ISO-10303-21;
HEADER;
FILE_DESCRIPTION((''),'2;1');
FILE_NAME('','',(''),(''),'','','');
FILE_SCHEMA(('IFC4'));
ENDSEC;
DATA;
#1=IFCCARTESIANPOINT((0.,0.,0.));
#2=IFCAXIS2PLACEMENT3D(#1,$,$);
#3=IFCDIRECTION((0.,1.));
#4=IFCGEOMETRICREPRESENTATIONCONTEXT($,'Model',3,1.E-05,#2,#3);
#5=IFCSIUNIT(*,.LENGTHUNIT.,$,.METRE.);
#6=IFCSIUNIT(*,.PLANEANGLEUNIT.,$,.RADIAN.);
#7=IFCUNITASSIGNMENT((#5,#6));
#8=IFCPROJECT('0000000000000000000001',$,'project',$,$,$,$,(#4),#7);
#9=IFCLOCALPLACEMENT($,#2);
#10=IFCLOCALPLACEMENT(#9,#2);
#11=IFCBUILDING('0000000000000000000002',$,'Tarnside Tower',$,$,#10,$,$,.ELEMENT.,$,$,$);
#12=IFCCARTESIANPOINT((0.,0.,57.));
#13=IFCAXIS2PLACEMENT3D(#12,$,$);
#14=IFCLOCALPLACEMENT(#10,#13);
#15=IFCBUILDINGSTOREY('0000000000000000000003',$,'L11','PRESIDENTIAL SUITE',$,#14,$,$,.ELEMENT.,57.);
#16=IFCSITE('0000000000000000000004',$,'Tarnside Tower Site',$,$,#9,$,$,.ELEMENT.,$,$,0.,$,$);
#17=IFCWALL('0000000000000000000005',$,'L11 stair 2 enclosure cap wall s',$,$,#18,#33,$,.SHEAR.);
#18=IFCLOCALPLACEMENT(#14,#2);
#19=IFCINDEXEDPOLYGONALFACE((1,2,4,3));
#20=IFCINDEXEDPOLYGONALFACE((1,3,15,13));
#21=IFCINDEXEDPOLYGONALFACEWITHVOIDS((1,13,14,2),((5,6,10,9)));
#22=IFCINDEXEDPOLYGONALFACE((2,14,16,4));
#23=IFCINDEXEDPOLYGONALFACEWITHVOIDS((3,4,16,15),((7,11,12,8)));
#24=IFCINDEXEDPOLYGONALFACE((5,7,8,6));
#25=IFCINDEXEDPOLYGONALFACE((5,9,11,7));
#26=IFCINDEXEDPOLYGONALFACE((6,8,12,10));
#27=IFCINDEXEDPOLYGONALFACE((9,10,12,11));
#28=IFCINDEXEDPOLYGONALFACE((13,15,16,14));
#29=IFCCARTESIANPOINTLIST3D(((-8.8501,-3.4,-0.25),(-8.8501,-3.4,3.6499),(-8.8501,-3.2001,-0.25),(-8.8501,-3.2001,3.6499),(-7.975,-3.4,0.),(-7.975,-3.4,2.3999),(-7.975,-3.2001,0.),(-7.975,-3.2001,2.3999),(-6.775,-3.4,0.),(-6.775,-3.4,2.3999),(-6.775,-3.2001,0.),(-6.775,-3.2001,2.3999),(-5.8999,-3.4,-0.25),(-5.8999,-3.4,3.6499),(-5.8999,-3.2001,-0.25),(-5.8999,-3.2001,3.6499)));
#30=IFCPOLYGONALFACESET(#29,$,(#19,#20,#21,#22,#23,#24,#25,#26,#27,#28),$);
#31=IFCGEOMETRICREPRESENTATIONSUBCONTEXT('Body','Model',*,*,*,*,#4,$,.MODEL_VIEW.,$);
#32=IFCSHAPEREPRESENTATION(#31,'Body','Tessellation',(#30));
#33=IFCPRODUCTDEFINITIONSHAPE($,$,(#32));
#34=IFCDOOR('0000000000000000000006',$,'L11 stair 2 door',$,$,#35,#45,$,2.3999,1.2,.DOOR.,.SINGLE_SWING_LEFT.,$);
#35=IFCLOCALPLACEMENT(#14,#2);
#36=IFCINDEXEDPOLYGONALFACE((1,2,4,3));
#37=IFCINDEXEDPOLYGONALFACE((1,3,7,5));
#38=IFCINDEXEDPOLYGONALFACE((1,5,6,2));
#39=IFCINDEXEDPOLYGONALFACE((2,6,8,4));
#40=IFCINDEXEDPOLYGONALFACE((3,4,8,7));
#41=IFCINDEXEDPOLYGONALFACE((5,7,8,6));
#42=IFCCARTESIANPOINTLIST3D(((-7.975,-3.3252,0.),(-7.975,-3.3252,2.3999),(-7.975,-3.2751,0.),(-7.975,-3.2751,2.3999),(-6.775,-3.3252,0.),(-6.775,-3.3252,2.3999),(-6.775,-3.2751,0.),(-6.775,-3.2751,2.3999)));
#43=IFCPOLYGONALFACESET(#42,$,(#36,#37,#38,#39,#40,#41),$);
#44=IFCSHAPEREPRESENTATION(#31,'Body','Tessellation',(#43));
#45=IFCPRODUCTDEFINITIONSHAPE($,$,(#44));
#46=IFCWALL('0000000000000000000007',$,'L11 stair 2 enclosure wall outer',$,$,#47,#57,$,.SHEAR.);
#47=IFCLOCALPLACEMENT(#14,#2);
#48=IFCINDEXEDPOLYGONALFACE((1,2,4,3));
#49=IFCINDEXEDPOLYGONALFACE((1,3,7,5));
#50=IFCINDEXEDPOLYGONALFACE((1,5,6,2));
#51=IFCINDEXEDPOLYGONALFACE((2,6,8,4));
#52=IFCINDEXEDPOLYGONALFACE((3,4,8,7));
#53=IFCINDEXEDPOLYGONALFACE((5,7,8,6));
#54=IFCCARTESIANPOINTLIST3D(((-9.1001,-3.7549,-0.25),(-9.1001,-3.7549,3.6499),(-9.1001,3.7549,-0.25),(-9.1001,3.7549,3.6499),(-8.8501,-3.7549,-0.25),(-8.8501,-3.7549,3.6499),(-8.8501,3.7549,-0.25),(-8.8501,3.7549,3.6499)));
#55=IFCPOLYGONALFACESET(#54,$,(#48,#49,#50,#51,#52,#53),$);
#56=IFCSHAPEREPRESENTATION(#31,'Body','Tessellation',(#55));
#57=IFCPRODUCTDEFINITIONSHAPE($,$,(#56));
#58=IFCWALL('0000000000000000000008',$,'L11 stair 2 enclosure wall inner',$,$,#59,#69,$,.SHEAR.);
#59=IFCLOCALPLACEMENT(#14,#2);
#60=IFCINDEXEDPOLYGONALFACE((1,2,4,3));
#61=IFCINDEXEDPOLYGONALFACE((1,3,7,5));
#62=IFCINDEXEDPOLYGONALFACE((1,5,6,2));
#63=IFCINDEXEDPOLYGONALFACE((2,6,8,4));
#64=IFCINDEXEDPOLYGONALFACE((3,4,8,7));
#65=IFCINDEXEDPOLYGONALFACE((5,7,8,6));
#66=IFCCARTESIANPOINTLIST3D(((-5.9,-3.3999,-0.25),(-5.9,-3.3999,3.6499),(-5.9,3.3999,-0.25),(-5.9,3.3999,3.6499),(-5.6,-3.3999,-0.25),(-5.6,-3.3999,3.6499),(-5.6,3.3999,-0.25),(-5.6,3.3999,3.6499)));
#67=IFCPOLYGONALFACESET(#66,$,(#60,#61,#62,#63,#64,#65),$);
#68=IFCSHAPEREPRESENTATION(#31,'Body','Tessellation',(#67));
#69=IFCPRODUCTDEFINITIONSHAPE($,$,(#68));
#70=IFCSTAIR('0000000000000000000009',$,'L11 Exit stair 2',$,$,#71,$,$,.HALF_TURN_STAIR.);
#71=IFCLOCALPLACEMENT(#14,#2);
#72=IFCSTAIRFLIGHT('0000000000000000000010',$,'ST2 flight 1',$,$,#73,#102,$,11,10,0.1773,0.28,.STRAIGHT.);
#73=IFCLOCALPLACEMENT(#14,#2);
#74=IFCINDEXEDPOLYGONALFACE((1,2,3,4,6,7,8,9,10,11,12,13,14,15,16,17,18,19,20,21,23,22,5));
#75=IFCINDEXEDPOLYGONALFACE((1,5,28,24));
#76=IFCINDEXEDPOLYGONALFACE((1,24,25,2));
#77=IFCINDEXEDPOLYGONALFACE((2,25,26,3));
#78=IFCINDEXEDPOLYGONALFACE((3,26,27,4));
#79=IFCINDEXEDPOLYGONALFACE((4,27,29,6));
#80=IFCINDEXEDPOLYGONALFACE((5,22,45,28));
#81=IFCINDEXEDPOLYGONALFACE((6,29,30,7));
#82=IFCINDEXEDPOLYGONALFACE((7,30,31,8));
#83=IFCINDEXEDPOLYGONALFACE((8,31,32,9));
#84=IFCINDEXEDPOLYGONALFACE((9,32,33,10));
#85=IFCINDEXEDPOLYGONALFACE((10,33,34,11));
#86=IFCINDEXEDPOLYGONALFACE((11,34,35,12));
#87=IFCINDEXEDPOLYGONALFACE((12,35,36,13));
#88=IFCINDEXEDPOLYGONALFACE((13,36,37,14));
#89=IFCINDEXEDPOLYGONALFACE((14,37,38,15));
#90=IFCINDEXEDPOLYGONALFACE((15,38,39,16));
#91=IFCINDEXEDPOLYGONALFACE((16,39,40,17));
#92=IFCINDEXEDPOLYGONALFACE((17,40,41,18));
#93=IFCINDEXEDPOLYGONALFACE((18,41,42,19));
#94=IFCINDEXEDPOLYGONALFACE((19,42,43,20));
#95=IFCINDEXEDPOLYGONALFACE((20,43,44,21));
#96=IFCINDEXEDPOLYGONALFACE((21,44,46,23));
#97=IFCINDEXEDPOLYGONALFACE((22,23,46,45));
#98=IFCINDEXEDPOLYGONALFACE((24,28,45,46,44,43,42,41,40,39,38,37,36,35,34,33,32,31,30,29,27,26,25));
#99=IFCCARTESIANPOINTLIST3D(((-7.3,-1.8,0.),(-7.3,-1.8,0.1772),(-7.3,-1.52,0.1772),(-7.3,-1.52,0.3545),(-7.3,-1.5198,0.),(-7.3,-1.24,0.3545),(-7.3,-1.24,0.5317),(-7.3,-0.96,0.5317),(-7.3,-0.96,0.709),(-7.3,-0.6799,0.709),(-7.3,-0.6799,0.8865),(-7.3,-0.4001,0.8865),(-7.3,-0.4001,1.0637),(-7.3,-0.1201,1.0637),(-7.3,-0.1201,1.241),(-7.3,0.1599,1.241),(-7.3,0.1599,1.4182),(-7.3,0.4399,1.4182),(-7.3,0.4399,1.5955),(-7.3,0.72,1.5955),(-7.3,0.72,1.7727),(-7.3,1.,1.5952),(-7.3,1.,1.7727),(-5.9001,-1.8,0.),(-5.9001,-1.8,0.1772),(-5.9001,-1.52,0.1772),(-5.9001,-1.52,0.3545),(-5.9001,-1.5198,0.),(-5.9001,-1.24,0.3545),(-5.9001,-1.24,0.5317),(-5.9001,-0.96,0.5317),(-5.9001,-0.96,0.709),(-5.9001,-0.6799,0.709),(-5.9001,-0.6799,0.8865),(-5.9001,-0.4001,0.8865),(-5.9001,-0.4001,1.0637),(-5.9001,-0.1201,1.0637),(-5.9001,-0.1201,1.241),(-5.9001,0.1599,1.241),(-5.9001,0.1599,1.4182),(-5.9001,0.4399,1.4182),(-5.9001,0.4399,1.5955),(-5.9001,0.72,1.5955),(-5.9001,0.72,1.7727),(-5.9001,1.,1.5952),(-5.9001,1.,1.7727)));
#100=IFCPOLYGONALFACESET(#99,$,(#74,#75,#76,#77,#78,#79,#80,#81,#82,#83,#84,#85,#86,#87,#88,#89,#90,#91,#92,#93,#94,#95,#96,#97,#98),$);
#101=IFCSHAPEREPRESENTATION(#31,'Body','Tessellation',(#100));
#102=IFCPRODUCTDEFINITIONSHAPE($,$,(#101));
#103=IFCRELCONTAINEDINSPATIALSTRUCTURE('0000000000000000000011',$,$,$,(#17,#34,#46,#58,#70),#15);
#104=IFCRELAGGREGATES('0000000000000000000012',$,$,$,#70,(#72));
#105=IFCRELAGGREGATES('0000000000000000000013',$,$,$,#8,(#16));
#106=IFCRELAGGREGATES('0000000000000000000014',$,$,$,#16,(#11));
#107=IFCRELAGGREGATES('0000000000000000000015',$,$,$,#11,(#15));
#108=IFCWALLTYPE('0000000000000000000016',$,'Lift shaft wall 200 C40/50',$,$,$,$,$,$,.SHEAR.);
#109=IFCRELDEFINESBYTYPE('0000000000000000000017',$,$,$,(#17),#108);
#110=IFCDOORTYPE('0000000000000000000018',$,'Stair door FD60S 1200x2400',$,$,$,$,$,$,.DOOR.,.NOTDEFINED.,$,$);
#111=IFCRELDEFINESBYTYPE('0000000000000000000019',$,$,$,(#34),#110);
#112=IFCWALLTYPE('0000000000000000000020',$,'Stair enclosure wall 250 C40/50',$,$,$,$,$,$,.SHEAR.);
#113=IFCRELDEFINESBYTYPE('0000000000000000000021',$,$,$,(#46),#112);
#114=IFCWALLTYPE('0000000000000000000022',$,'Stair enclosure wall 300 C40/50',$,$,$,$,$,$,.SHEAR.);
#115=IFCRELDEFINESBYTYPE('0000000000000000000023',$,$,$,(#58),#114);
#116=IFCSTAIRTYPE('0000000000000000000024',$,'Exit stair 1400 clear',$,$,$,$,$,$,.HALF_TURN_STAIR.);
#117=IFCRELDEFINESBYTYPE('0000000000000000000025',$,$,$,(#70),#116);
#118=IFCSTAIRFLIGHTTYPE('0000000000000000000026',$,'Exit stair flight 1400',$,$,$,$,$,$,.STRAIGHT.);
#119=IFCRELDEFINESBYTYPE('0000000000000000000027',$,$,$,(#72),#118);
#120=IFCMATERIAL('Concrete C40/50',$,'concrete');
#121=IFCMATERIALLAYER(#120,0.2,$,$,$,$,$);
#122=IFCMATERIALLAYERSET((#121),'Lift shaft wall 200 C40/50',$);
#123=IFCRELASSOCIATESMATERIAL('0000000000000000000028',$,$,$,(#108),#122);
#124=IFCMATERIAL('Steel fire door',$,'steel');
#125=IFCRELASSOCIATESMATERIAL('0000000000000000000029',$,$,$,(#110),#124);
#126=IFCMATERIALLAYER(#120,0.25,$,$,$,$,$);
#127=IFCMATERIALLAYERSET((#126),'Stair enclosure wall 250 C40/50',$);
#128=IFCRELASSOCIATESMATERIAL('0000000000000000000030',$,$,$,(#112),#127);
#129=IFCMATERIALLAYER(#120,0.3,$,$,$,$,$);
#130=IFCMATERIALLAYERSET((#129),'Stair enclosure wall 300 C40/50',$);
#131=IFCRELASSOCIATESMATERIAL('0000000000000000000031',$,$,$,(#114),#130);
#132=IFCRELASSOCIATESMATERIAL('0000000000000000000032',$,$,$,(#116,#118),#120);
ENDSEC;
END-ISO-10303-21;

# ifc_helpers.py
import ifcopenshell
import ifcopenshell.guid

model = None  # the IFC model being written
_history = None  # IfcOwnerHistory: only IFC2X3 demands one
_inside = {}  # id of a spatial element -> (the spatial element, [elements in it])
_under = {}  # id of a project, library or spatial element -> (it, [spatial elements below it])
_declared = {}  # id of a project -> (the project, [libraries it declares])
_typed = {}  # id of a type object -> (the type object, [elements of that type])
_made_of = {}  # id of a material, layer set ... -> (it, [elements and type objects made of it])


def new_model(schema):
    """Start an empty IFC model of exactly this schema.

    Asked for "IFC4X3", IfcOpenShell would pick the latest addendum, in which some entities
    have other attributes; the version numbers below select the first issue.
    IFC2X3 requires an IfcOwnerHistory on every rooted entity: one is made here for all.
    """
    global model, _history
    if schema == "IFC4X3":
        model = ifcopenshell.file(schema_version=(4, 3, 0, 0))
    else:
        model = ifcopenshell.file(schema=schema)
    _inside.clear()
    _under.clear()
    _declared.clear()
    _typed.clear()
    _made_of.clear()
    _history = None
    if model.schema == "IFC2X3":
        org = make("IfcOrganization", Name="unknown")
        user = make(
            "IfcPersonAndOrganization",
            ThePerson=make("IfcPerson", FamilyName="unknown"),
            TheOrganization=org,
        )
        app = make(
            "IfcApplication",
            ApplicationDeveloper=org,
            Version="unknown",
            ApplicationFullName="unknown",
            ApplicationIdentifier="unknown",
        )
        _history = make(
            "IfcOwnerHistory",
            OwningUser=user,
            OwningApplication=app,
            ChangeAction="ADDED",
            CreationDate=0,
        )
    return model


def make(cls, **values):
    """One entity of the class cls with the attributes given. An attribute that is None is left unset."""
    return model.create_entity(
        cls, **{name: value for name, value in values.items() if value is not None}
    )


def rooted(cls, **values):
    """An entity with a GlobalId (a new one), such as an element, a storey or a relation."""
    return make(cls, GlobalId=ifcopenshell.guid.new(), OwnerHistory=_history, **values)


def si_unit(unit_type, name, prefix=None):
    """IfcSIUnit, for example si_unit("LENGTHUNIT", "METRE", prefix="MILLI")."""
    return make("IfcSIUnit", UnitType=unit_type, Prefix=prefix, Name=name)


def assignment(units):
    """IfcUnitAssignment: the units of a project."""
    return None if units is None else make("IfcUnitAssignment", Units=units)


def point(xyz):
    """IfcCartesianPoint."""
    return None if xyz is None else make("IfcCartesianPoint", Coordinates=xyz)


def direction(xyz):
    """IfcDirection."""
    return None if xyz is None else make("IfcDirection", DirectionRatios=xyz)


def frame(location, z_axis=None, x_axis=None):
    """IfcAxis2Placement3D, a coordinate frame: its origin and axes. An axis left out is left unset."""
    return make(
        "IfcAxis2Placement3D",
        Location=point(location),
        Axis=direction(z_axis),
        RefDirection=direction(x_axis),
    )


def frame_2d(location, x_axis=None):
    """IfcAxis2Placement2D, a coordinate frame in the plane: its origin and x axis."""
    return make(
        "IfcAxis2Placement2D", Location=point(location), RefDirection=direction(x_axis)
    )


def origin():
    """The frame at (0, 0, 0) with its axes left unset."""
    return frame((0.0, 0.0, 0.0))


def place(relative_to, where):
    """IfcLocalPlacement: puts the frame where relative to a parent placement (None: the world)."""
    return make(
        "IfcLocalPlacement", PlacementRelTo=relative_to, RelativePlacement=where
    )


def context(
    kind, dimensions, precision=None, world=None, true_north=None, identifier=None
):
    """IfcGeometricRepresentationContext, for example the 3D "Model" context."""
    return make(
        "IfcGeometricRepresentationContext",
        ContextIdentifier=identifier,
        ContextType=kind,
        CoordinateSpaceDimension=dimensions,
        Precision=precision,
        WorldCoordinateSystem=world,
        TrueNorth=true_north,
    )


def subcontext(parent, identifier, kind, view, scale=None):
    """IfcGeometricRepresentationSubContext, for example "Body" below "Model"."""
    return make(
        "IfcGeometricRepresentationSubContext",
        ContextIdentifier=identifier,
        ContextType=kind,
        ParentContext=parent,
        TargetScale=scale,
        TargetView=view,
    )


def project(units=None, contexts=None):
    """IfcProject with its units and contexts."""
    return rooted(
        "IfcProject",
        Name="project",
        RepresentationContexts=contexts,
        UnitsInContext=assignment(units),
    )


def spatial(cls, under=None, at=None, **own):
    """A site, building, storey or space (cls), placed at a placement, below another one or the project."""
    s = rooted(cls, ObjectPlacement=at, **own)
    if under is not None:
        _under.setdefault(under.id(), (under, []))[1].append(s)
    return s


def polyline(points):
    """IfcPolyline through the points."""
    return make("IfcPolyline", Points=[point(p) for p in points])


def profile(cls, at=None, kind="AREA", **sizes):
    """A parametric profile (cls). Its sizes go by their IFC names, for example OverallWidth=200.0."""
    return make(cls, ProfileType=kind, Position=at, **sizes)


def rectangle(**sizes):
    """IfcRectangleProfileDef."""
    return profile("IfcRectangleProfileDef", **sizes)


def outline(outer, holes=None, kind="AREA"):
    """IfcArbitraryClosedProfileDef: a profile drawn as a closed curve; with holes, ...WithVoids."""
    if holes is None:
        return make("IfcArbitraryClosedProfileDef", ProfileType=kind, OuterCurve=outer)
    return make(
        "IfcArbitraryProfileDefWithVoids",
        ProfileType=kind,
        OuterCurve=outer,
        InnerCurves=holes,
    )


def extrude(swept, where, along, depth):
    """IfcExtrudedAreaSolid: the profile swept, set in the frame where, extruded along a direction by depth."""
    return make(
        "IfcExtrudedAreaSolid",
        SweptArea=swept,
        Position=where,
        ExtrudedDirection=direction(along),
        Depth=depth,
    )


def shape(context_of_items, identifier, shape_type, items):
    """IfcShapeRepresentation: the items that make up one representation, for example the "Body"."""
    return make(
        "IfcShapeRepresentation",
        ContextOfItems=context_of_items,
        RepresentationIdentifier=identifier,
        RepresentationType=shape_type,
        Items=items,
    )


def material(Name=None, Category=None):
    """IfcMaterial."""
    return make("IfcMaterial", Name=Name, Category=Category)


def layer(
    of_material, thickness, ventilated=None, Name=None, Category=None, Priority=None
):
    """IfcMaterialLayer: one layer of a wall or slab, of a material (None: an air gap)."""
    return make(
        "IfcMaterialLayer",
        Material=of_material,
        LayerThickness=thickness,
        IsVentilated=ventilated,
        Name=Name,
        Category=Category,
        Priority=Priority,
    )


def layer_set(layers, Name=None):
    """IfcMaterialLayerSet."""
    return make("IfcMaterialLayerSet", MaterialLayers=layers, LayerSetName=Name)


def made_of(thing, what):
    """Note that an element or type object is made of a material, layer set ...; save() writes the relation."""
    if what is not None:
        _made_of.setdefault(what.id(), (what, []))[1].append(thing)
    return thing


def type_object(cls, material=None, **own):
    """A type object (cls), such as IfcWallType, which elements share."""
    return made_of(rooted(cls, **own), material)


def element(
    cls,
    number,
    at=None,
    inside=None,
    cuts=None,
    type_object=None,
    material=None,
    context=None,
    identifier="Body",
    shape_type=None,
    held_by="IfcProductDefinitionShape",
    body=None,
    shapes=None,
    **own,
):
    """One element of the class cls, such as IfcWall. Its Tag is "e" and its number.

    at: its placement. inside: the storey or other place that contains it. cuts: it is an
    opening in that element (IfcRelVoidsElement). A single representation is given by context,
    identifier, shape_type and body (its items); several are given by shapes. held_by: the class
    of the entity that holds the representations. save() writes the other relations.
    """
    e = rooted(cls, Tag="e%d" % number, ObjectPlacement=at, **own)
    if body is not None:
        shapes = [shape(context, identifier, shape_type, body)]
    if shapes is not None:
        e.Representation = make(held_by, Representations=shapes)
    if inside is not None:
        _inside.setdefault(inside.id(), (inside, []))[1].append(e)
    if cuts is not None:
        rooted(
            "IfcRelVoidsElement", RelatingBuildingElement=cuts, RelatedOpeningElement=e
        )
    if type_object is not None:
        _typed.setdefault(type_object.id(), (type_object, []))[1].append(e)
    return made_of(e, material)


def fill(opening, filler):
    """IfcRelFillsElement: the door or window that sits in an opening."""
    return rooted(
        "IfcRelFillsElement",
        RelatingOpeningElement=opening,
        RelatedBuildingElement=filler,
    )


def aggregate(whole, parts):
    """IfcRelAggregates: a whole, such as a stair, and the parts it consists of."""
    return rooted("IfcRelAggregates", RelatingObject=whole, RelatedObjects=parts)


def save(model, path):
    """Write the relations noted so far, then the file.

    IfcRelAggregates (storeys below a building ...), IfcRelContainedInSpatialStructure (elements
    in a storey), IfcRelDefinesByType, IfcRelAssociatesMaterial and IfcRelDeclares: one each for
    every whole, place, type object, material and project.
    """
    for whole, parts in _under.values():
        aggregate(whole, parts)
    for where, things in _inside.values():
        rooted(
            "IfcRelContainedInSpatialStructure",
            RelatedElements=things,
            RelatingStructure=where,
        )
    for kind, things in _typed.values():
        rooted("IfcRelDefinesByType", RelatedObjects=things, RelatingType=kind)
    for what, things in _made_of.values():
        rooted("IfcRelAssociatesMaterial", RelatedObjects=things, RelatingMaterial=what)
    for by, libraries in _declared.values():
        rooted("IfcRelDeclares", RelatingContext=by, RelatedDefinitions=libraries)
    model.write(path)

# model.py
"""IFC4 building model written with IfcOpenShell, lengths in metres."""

from ifc_helpers import new_model, si_unit, direction, frame, frame_2d, origin, place, context, subcontext, project, spatial, polyline, rectangle, outline, extrude, material, layer, layer_set, type_object, element, fill, aggregate, save


model = new_model("IFC4")

# Units and contexts
model_context = context("Model", 3, precision=1e-05, world=origin(), true_north=direction((0.0, 1.0)))
body_context = subcontext(model_context, "Body", "Model", "MODEL_VIEW")
ifc_project = project(units=[si_unit("LENGTHUNIT", "METRE"), si_unit("PLANEANGLEUNIT", "RADIAN")], contexts=[model_context])

# Site, building, storey
site_placement = place(None, origin())
site = spatial("IfcSite", under=ifc_project, at=site_placement, Name="Tarnside Tower Site", CompositionType="ELEMENT", RefElevation=0.0)
building_placement = place(site_placement, origin())
building = spatial("IfcBuilding", under=site, at=building_placement, Name="Tarnside Tower", CompositionType="ELEMENT")
storey_placement = place(building_placement, frame((0.0, 0.0, 57.0)))
storey = spatial("IfcBuildingStorey", under=building, at=storey_placement, Name="L11", Description="PRESIDENTIAL SUITE", CompositionType="ELEMENT", Elevation=57.0)

# Shared definitions
ifc_material_1 = material(Name="Concrete C40/50", Category="concrete")

# Shared definitions
ifc_material_2 = material(Name="Steel fire door", Category="steel")

# Shared definitions
ifc_layer_1 = layer(ifc_material_1, 0.2)
ifc_layer_set_1 = layer_set([ifc_layer_1], Name="Lift shaft wall 200 C40/50")
wall_type_1 = type_object("IfcWallType", Name="Lift shaft wall 200 C40/50", PredefinedType="SHEAR", material=ifc_layer_set_1)

# Wall, opening, door
wall_1_placement = place(storey_placement, frame((-8.8501, -3.3, -0.25), z_axis=(0.0, 0.0, 1.0), x_axis=(1.0, 0.0, 0.0)))
wall_1 = element("IfcWall", 1, at=wall_1_placement, inside=storey, type_object=wall_type_1, Name="L11 stair 2 enclosure cap wall s", PredefinedType="SHEAR", context=body_context, shape_type="SweptSolid", body=[
    extrude(rectangle(XDim=2.9502, YDim=0.2, at=frame_2d((1.4751, 0.0))), origin(), (0.0, 0.0, 1.0), 3.8999),
])
opening_1_placement = place(wall_1_placement, frame((0.875, 0.0, 0.25)))
opening_1 = element("IfcOpeningElement", 2, at=opening_1_placement, cuts=wall_1, PredefinedType="OPENING", context=body_context, shape_type="SweptSolid", body=[
    extrude(rectangle(XDim=1.2, YDim=2.3999, at=frame_2d((0.6001, 1.2))), frame((0.0, 0.1099, 0.0), z_axis=(0.0, -1.0, 0.0), x_axis=(1.0, 0.0, 0.0)), (0.0, 0.0, 1.0), 0.22),
])
door_type_1 = type_object("IfcDoorType", Name="Stair door FD60S 1200x2400", OperationType="NOTDEFINED", PredefinedType="DOOR", material=ifc_material_2)
door_1_placement = place(opening_1_placement, origin())
door_1 = element("IfcDoor", 3, at=door_1_placement, inside=storey, type_object=door_type_1, Name="L11 stair 2 door", OperationType="SINGLE_SWING_LEFT", OverallHeight=2.3999, OverallWidth=1.2, PredefinedType="DOOR", context=body_context, shape_type="SweptSolid", body=[
    extrude(rectangle(XDim=1.2, YDim=2.3999, at=frame_2d((0.6001, 1.2))), frame((0.0, 0.0249, 0.0), z_axis=(0.0, -1.0, 0.0), x_axis=(1.0, 0.0, 0.0)), (0.0, 0.0, 1.0), 0.05),
])
fill(opening_1, door_1)

# Walls
ifc_layer_2 = layer(ifc_material_1, 0.25)
ifc_layer_set_2 = layer_set([ifc_layer_2], Name="Stair enclosure wall 250 C40/50")
wall_type_2 = type_object("IfcWallType", Name="Stair enclosure wall 250 C40/50", PredefinedType="SHEAR", material=ifc_layer_set_2)
wall_2_placement = place(storey_placement, frame((-8.9751, -3.7549, -0.25), z_axis=(0.0, 0.0, 1.0), x_axis=(0.0, 1.0, 0.0)))
element("IfcWall", 4, at=wall_2_placement, inside=storey, type_object=wall_type_2, Name="L11 stair 2 enclosure wall outer", PredefinedType="SHEAR", context=body_context, shape_type="SweptSolid", body=[
    extrude(rectangle(XDim=7.5098, YDim=0.25, at=frame_2d((3.7549, 0.0))), origin(), (0.0, 0.0, 1.0), 3.8999),
])
ifc_layer_3 = layer(ifc_material_1, 0.3)
ifc_layer_set_3 = layer_set([ifc_layer_3], Name="Stair enclosure wall 300 C40/50")
wall_type_3 = type_object("IfcWallType", Name="Stair enclosure wall 300 C40/50", PredefinedType="SHEAR", material=ifc_layer_set_3)
wall_3_placement = place(storey_placement, frame((-5.75, -3.3999, -0.25), z_axis=(0.0, 0.0, 1.0), x_axis=(0.0, 1.0, 0.0)))
element("IfcWall", 5, at=wall_3_placement, inside=storey, type_object=wall_type_3, Name="L11 stair 2 enclosure wall inner", PredefinedType="SHEAR", context=body_context, shape_type="SweptSolid", body=[
    extrude(rectangle(XDim=6.7998, YDim=0.3, at=frame_2d((3.3999, 0.0))), origin(), (0.0, 0.0, 1.0), 3.8999),
])

# Stair, stair flight
stair_type = type_object("IfcStairType", Name="Exit stair 1400 clear", PredefinedType="HALF_TURN_STAIR", material=ifc_material_1)
stair_placement = place(storey_placement, origin())
stair = element("IfcStair", 6, at=stair_placement, inside=storey, type_object=stair_type, Name="L11 Exit stair 2", PredefinedType="HALF_TURN_STAIR")
stair_flight_type = type_object("IfcStairFlightType", Name="Exit stair flight 1400", PredefinedType="STRAIGHT", material=ifc_material_1)
stair_flight_placement = place(storey_placement, frame((-6.6001, -1.8, 0.0), z_axis=(0.0, 0.0, 1.0), x_axis=(0.0, 1.0, 0.0)))
stair_flight = element("IfcStairFlight", 7, at=stair_flight_placement, type_object=stair_flight_type, Name="ST2 flight 1", NumberOfRisers=11, NumberOfTreads=10, PredefinedType="STRAIGHT", RiserHeight=0.1773, TreadLength=0.28, context=body_context, shape_type="SweptSolid", body=[
    extrude(outline(polyline([(0.0, 0.0), (0.0, 0.1772), (0.28, 0.1772), (0.28, 0.3545), (0.5601, 0.3545), (0.5601, 0.5317), (0.8401, 0.5317), (0.8401, 0.709), (1.1201, 0.709), (1.1201, 0.8865), (1.3999, 0.8865), (1.3999, 1.0637), (1.6799, 1.0637), (1.6799, 1.241), (1.96, 1.241), (1.96, 1.4182), (2.24, 1.4182), (2.24, 1.5955), (2.52, 1.5955), (2.52, 1.7727), (2.8, 1.7727), (2.8, 1.95), (2.8, 1.5952), (0.2803, 0.0), (0.0, 0.0)])), frame((0.0, 0.7, 0.0), z_axis=(0.0, -1.0, 0.0), x_axis=(1.0, 0.0, 0.0)), (0.0, 0.0, 1.0), 1.3999),
])
aggregate(stair, [stair_flight])

save(model, "model.ifc")
